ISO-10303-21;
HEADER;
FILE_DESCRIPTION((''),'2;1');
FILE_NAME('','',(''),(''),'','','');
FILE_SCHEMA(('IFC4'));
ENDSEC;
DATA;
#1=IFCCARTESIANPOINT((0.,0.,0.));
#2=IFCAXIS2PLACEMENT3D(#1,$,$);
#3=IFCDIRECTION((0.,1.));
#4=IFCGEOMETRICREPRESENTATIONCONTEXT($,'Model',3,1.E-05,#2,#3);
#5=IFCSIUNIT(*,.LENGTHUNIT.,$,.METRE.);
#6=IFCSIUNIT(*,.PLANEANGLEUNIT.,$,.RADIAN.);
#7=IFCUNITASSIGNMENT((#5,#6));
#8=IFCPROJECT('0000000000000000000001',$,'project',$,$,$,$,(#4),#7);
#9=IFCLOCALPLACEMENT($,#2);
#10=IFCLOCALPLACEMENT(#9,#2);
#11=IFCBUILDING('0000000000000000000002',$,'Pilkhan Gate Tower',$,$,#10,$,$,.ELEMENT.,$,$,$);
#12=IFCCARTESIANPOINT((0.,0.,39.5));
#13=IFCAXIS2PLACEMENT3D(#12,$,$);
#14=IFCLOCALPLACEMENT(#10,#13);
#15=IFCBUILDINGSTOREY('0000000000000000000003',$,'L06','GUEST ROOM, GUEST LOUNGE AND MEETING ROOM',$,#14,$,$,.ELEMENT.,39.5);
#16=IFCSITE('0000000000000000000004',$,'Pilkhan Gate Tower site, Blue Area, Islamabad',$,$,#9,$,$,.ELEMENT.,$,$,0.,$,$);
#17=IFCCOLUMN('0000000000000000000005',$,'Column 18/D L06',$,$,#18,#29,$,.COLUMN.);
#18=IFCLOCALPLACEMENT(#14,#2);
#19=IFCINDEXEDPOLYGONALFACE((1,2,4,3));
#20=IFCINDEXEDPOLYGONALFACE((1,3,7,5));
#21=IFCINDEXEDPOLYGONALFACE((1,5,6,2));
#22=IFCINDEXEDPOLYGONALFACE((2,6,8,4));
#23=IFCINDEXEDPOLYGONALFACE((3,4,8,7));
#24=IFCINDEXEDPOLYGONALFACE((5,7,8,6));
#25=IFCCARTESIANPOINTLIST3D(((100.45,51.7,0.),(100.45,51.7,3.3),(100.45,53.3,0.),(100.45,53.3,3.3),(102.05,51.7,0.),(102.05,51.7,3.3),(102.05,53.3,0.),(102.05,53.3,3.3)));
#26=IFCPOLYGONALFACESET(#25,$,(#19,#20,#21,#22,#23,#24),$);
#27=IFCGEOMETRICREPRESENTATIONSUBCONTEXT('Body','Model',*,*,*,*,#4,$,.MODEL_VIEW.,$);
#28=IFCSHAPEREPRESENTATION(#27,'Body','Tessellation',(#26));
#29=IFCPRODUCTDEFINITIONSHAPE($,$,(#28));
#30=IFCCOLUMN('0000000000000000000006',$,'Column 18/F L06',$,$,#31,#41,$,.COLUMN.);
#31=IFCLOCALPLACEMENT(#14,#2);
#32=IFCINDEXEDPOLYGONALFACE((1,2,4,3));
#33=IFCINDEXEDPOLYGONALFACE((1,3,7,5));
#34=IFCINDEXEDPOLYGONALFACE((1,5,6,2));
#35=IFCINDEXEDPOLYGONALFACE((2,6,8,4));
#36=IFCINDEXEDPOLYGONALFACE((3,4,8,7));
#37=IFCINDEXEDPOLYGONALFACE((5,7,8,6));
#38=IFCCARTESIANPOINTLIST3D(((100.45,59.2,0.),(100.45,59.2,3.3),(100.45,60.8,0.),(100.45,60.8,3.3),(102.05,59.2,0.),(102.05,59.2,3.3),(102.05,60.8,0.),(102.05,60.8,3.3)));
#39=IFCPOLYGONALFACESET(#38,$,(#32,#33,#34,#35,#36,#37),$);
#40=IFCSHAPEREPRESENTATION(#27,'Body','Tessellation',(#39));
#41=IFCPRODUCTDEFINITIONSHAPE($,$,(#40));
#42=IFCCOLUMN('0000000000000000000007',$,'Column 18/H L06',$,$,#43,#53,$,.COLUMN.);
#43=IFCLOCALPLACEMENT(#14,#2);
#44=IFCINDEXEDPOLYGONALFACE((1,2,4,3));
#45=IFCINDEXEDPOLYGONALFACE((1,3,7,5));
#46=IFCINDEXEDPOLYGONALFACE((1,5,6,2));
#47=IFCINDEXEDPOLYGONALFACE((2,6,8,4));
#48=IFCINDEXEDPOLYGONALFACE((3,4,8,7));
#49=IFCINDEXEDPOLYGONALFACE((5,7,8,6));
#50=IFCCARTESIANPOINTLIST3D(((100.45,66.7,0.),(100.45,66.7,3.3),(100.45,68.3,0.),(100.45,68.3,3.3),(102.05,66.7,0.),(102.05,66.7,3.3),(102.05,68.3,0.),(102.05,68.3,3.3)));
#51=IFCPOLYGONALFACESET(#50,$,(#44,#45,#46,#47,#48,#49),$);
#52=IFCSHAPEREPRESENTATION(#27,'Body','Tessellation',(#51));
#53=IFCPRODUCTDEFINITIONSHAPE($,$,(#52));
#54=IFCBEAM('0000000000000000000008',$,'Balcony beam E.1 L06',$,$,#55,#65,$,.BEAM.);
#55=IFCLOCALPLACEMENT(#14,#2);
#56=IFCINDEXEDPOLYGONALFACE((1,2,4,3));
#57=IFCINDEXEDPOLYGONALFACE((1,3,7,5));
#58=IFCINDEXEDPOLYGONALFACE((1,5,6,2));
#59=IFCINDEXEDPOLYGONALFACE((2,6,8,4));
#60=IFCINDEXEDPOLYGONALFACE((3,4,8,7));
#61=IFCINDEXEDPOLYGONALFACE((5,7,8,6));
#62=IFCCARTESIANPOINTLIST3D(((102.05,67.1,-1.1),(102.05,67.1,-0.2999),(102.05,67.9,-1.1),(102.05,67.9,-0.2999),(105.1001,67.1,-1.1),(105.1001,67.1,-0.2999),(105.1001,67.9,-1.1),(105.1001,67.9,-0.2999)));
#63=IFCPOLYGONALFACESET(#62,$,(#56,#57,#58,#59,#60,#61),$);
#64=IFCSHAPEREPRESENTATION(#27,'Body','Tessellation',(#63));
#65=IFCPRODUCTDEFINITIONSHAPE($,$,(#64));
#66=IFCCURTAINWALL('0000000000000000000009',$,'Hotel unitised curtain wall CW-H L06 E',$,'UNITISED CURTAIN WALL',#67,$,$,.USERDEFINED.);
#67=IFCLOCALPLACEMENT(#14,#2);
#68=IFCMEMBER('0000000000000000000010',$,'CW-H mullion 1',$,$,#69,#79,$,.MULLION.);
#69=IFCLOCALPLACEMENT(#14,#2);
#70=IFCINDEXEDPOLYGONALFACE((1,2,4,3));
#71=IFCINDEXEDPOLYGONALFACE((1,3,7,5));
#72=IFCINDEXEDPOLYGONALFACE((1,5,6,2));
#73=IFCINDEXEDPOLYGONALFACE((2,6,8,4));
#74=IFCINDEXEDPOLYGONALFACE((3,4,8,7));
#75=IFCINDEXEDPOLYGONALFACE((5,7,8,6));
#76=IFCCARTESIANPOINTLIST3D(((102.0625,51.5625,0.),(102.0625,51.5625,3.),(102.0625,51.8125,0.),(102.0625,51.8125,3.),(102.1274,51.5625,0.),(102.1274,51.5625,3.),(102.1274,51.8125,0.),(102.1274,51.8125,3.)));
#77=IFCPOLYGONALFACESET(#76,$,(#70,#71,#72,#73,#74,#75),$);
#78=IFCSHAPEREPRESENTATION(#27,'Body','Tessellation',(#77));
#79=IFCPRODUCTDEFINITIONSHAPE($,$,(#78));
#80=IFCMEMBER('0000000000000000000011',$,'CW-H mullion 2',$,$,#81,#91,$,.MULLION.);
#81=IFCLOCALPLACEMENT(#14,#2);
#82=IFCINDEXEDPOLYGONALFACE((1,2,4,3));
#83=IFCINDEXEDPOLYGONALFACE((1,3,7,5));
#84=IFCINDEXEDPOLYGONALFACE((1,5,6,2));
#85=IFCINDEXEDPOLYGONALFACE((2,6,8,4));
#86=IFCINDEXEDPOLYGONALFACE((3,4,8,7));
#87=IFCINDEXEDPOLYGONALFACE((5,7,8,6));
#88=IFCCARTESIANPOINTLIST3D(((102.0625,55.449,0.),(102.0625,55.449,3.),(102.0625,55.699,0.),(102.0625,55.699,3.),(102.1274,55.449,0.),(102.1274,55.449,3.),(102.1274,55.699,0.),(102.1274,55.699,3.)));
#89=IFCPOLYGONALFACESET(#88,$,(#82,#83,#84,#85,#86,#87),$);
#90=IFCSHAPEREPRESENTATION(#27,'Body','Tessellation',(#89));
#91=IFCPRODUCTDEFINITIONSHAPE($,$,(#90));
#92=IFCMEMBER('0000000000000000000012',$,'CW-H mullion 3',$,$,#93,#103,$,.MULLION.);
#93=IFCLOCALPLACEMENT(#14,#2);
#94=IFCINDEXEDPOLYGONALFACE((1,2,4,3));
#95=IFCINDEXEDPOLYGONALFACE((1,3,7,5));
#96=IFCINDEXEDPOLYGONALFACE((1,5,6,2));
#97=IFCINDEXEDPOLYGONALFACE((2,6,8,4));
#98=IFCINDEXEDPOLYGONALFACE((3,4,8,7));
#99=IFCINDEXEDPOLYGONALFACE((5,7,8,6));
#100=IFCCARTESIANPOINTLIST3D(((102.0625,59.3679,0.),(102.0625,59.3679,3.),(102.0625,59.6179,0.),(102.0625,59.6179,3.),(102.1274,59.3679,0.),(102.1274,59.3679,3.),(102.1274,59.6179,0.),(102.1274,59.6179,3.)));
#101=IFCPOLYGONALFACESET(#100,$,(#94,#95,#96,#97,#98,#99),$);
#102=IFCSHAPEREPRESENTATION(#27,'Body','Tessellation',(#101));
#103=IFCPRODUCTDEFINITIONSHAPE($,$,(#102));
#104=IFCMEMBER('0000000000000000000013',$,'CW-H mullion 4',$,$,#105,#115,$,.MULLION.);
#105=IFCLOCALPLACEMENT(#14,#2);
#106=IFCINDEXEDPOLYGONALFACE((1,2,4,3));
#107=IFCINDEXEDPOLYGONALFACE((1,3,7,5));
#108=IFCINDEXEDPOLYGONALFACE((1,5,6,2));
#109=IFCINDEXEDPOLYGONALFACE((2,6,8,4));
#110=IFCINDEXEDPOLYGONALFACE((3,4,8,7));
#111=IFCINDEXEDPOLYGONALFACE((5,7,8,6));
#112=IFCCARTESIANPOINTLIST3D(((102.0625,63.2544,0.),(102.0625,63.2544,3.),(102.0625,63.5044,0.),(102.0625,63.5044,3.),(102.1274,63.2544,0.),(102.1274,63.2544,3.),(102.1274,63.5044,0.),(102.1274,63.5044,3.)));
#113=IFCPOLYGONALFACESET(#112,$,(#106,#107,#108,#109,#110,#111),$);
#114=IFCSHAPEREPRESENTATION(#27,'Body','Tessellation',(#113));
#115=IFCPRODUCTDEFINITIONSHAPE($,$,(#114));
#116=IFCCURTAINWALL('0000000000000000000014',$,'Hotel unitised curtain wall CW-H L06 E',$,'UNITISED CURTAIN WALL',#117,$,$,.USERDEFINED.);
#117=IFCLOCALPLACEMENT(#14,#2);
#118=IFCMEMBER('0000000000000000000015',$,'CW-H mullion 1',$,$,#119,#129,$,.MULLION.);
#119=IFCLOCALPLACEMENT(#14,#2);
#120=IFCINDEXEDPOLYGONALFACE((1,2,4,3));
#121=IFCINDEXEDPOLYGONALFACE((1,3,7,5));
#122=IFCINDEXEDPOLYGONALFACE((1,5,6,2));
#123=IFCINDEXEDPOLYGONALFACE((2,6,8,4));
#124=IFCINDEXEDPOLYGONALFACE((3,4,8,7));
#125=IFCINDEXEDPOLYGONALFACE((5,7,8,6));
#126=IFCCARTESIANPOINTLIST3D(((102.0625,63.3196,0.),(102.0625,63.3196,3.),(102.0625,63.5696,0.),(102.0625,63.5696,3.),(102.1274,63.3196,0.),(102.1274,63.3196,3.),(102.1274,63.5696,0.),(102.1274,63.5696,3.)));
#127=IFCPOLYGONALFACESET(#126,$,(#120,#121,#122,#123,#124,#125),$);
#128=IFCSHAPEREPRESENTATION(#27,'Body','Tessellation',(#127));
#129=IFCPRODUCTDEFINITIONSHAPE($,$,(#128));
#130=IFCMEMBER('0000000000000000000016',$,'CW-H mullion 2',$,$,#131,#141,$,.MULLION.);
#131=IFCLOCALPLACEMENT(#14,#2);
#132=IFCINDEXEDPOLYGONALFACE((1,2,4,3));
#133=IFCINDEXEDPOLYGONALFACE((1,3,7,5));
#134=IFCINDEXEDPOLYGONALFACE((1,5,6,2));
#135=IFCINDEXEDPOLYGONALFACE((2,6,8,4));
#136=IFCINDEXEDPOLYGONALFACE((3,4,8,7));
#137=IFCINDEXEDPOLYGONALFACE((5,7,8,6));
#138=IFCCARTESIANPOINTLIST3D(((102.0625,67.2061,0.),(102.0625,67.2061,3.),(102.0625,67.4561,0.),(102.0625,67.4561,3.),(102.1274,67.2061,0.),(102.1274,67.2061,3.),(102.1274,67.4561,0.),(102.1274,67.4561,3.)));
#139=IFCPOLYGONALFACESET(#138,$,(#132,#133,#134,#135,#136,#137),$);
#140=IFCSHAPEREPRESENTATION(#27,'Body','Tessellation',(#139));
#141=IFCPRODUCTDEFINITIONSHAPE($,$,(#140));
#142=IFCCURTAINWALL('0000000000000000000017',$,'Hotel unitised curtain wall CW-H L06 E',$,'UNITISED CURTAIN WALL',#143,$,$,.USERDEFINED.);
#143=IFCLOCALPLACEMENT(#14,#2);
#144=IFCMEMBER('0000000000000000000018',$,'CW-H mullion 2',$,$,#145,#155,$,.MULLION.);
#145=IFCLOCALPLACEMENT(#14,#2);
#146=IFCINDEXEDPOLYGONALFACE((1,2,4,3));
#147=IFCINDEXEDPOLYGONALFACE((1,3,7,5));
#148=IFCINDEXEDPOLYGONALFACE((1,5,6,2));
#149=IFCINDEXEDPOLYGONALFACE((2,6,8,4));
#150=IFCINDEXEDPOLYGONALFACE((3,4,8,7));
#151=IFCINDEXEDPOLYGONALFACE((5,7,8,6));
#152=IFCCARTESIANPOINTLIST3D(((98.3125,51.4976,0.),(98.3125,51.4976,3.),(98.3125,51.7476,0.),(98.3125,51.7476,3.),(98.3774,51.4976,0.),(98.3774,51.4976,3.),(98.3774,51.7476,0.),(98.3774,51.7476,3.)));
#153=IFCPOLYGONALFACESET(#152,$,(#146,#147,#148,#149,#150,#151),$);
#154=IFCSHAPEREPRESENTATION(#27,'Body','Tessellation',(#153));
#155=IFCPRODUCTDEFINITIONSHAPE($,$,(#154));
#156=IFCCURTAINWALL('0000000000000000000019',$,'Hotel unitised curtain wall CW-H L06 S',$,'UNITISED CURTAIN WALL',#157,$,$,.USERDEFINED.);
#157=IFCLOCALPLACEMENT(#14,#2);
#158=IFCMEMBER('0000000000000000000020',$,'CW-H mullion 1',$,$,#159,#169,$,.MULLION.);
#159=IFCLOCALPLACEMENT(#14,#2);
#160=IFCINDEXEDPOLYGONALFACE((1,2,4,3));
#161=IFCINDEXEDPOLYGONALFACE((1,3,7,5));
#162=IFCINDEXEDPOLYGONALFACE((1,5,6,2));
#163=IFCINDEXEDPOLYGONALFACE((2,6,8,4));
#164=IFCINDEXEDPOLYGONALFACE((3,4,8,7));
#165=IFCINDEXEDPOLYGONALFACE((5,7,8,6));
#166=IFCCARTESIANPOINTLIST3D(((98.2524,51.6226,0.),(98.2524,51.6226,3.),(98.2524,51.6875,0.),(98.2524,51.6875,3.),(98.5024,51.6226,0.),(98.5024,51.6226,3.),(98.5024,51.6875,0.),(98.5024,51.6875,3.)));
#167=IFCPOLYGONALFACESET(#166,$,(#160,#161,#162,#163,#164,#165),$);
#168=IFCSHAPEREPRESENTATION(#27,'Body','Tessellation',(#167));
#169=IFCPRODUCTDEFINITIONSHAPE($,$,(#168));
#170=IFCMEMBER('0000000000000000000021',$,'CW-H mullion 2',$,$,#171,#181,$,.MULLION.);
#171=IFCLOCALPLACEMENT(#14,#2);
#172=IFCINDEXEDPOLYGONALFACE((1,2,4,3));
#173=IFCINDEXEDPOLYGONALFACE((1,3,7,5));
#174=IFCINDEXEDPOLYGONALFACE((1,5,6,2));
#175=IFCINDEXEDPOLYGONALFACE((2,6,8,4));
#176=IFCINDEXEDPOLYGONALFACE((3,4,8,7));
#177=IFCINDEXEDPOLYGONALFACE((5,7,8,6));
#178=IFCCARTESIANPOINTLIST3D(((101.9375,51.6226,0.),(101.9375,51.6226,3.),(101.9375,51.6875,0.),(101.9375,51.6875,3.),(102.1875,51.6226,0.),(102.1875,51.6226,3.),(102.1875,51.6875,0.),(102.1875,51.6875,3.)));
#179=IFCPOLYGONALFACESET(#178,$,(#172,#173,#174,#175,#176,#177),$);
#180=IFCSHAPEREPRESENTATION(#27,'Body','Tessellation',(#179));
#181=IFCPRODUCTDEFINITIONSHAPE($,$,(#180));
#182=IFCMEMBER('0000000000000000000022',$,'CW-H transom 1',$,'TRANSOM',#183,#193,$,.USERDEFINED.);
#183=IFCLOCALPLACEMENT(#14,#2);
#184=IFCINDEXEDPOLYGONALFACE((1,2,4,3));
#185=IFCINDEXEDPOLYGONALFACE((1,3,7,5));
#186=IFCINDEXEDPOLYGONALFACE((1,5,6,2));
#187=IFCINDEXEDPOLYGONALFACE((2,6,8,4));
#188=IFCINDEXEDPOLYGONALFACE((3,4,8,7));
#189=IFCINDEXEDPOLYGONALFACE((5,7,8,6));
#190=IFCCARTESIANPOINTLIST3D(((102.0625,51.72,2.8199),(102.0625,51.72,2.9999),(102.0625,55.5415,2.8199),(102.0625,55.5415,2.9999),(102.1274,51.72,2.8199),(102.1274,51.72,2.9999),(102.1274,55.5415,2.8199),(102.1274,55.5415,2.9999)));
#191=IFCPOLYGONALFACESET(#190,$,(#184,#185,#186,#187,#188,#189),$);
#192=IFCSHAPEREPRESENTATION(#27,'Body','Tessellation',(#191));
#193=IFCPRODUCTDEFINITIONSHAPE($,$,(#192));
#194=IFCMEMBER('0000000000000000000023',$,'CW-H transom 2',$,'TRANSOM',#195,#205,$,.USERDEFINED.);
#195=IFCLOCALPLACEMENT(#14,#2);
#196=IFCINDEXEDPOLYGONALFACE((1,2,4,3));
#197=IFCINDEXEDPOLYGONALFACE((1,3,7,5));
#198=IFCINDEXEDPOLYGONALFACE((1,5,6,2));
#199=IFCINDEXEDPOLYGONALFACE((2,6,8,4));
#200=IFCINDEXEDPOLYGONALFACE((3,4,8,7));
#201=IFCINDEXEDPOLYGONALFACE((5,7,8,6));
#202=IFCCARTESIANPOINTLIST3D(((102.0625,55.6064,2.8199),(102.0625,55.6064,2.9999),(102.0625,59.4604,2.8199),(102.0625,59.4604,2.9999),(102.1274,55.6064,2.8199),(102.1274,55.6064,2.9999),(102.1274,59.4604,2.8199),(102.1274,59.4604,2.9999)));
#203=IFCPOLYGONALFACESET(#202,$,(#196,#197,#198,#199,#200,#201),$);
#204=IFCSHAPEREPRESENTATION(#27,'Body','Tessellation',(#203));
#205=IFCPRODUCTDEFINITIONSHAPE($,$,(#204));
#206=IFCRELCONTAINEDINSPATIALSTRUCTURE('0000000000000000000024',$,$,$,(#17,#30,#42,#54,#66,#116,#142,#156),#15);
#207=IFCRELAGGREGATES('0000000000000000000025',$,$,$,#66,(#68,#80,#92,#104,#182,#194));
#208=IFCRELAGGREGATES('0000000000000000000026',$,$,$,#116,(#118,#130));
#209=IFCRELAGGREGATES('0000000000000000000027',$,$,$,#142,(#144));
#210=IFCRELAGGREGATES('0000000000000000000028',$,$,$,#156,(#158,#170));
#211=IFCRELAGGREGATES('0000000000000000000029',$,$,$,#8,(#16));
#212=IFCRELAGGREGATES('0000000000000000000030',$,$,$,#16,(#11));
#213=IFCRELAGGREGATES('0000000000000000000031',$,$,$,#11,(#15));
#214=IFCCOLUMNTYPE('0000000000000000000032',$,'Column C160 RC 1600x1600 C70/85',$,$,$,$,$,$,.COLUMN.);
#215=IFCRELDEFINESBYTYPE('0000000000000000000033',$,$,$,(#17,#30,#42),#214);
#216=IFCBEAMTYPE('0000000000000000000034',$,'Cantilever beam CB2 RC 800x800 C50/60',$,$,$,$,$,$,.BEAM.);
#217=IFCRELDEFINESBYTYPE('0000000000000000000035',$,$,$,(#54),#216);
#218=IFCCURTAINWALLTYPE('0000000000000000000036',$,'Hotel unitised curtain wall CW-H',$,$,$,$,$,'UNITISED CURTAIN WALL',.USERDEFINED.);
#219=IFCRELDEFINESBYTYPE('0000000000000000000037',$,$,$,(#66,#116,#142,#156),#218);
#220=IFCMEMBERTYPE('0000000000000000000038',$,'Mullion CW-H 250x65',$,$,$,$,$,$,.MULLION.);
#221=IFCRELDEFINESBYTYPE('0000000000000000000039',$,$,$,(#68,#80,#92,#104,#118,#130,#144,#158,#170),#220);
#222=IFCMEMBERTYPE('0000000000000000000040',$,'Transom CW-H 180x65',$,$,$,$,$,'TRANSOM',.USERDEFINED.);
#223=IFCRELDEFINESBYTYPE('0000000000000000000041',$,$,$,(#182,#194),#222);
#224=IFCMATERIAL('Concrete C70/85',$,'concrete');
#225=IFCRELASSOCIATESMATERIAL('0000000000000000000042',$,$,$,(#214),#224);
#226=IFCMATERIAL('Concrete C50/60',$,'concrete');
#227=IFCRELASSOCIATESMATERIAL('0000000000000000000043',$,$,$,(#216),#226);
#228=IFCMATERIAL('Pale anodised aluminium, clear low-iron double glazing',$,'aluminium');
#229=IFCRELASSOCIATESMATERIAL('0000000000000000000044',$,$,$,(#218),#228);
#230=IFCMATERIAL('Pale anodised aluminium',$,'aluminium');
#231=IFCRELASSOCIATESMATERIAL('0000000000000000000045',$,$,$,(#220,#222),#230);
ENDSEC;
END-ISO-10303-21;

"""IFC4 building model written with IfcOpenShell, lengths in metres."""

from ifc_helpers import new_model, si_unit, direction, frame, origin, origin_2d, place, context, subcontext, project, spatial, rectangle, extrude, material, material_profile, profile_set, type_object, element, aggregate, save


model = new_model("IFC4")

# Units and contexts
model_context = context("Model", 3, precision=1e-05, world=origin(), true_north=direction((0.0, 1.0)))
body_context = subcontext(model_context, "Body", "Model", "MODEL_VIEW")
ifc_project = project(units=[si_unit("LENGTHUNIT", "METRE"), si_unit("PLANEANGLEUNIT", "RADIAN")], contexts=[model_context])

# Site, building, storey
site_placement = place(None, origin())
site = spatial("IfcSite", under=ifc_project, at=site_placement, Name="Pilkhan Gate Tower site, Blue Area, Islamabad", CompositionType="ELEMENT", RefElevation=0.0)
building_placement = place(site_placement, origin())
building = spatial("IfcBuilding", under=site, at=building_placement, Name="Pilkhan Gate Tower", CompositionType="ELEMENT")
storey_placement = place(building_placement, frame((0.0, 0.0, 39.5)))
storey = spatial("IfcBuildingStorey", under=building, at=storey_placement, Name="L06", Description="GUEST ROOM, GUEST LOUNGE AND MEETING ROOM", CompositionType="ELEMENT", Elevation=39.5)

# Columns
ifc_material_1 = material(Name="Concrete C70/85", Category="concrete")
ifc_material_profile_1 = material_profile(ifc_material_1, rectangle(XDim=1.6001, YDim=1.6001, at=origin_2d()), Name="RC 1600x1600")
ifc_profile_set_1 = profile_set([ifc_material_profile_1], Name="Concrete C70/85")
column_type = type_object("IfcColumnType", Name="Column C160 RC 1600x1600 C70/85", PredefinedType="COLUMN", material=ifc_profile_set_1)
for number, where, z_axis, x_axis, name in (
    (1, (101.25, 52.5, 0.0), (0.0, 0.0, 1.0), (1.0, 0.0, 0.0), "Column 18/D L06"),
    (2, (101.25, 60.0, 0.0), (0.0, 0.0, 1.0), (1.0, 0.0, 0.0), "Column 18/F L06"),
    (3, (101.25, 67.5, 0.0), (0.0, 0.0, 1.0), (1.0, 0.0, 0.0), "Column 18/H L06"),
):
    element("IfcColumn", number, at=place(storey_placement, frame(where, z_axis=z_axis, x_axis=x_axis)), inside=storey, type_object=column_type, Name=name, PredefinedType="COLUMN", context=body_context, shape_type="SweptSolid", body=[
        extrude(rectangle(XDim=1.6001, YDim=1.6001, at=origin_2d()), origin(), (0.0, 0.0, 1.0), 3.3),
    ])

# Beam
ifc_material_2 = material(Name="Concrete C50/60", Category="concrete")
ifc_material_profile_2 = material_profile(ifc_material_2, rectangle(XDim=0.8, YDim=0.8, at=origin_2d()), Name="RC 800x800")
ifc_profile_set_2 = profile_set([ifc_material_profile_2], Name="Concrete C50/60")
beam_type = type_object("IfcBeamType", Name="Cantilever beam CB2 RC 800x800 C50/60", PredefinedType="BEAM", material=ifc_profile_set_2)
beam_placement = place(storey_placement, frame((102.05, 67.5, -0.7), z_axis=(1.0, 0.0, 0.0), x_axis=(0.0, 1.0, 0.0)))
element("IfcBeam", 4, at=beam_placement, inside=storey, type_object=beam_type, Name="Balcony beam E.1 L06", PredefinedType="BEAM", context=body_context, shape_type="SweptSolid", body=[
    extrude(rectangle(XDim=0.8, YDim=0.8, at=origin_2d()), origin(), (0.0, 0.0, 1.0), 3.05),
])

# Curtain walls, members
ifc_material_3 = material(Name="Pale anodised aluminium, clear low-iron double glazing", Category="aluminium")
curtain_wall_type = type_object("IfcCurtainWallType", Name="Hotel unitised curtain wall CW-H", ElementType="UNITISED CURTAIN WALL", PredefinedType="USERDEFINED", material=ifc_material_3)
curtain_wall_1_placement = place(storey_placement, origin())
curtain_wall_1 = element("IfcCurtainWall", 5, at=curtain_wall_1_placement, inside=storey, type_object=curtain_wall_type, Name="Hotel unitised curtain wall CW-H L06 E", ObjectType="UNITISED CURTAIN WALL", PredefinedType="USERDEFINED")
ifc_material_4 = material(Name="Pale anodised aluminium", Category="aluminium")
ifc_material_profile_3 = material_profile(ifc_material_4, rectangle(XDim=0.0649, YDim=0.25, at=origin_2d()), Name="Mullion 250x65")
ifc_profile_set_3 = profile_set([ifc_material_profile_3], Name="Pale anodised aluminium")
member_type_1 = type_object("IfcMemberType", Name="Mullion CW-H 250x65", PredefinedType="MULLION", material=ifc_profile_set_3)
member_1_placement = place(storey_placement, frame((102.095, 51.6875, 0.0), z_axis=(0.0, 0.0, 1.0), x_axis=(-1.0, 0.0, 0.0)))
member_1 = element("IfcMember", 6, at=member_1_placement, type_object=member_type_1, Name="CW-H mullion 1", PredefinedType="MULLION", context=body_context, shape_type="SweptSolid", body=[
    extrude(rectangle(XDim=0.0649, YDim=0.25, at=origin_2d()), origin(), (0.0, 0.0, 1.0), 3.0),
])
member_2_placement = place(storey_placement, frame((102.095, 55.574, 0.0), z_axis=(0.0, 0.0, 1.0), x_axis=(-1.0, 0.0, 0.0)))
member_2 = element("IfcMember", 7, at=member_2_placement, type_object=member_type_1, Name="CW-H mullion 2", PredefinedType="MULLION", context=body_context, shape_type="SweptSolid", body=[
    extrude(rectangle(XDim=0.0649, YDim=0.25, at=origin_2d()), origin(), (0.0, 0.0, 1.0), 3.0),
])
member_3_placement = place(storey_placement, frame((102.095, 59.4929, 0.0), z_axis=(0.0, 0.0, 1.0), x_axis=(-1.0, 0.0, 0.0)))
member_3 = element("IfcMember", 8, at=member_3_placement, type_object=member_type_1, Name="CW-H mullion 3", PredefinedType="MULLION", context=body_context, shape_type="SweptSolid", body=[
    extrude(rectangle(XDim=0.0649, YDim=0.25, at=origin_2d()), origin(), (0.0, 0.0, 1.0), 3.0),
])
member_4_placement = place(storey_placement, frame((102.095, 63.3794, 0.0), z_axis=(0.0, 0.0, 1.0), x_axis=(-1.0, 0.0, 0.0)))
member_4 = element("IfcMember", 9, at=member_4_placement, type_object=member_type_1, Name="CW-H mullion 4", PredefinedType="MULLION", context=body_context, shape_type="SweptSolid", body=[
    extrude(rectangle(XDim=0.0649, YDim=0.25, at=origin_2d()), origin(), (0.0, 0.0, 1.0), 3.0),
])
curtain_wall_2_placement = place(storey_placement, origin())
curtain_wall_2 = element("IfcCurtainWall", 10, at=curtain_wall_2_placement, inside=storey, type_object=curtain_wall_type, Name="Hotel unitised curtain wall CW-H L06 E", ObjectType="UNITISED CURTAIN WALL", PredefinedType="USERDEFINED")
member_5_placement = place(storey_placement, frame((102.095, 63.4446, 0.0), z_axis=(0.0, 0.0, 1.0), x_axis=(-1.0, 0.0, 0.0)))
member_5 = element("IfcMember", 11, at=member_5_placement, type_object=member_type_1, Name="CW-H mullion 1", PredefinedType="MULLION", context=body_context, shape_type="SweptSolid", body=[
    extrude(rectangle(XDim=0.0649, YDim=0.25, at=origin_2d()), origin(), (0.0, 0.0, 1.0), 3.0),
])
member_6_placement = place(storey_placement, frame((102.095, 67.3311, 0.0), z_axis=(0.0, 0.0, 1.0), x_axis=(-1.0, 0.0, 0.0)))
member_6 = element("IfcMember", 12, at=member_6_placement, type_object=member_type_1, Name="CW-H mullion 2", PredefinedType="MULLION", context=body_context, shape_type="SweptSolid", body=[
    extrude(rectangle(XDim=0.0649, YDim=0.25, at=origin_2d()), origin(), (0.0, 0.0, 1.0), 3.0),
])

# Curtain wall, member
curtain_wall_3_placement = place(storey_placement, origin())
curtain_wall_3 = element("IfcCurtainWall", 13, at=curtain_wall_3_placement, inside=storey, type_object=curtain_wall_type, Name="Hotel unitised curtain wall CW-H L06 E", ObjectType="UNITISED CURTAIN WALL", PredefinedType="USERDEFINED")
member_7_placement = place(storey_placement, frame((98.345, 51.6226, 0.0), z_axis=(0.0, 0.0, 1.0), x_axis=(-1.0, 0.0, 0.0)))
member_7 = element("IfcMember", 14, at=member_7_placement, type_object=member_type_1, Name="CW-H mullion 2", PredefinedType="MULLION", context=body_context, shape_type="SweptSolid", body=[
    extrude(rectangle(XDim=0.0649, YDim=0.25, at=origin_2d()), origin(), (0.0, 0.0, 1.0), 3.0),
])

# Curtain wall, members
curtain_wall_4_placement = place(storey_placement, origin())
curtain_wall_4 = element("IfcCurtainWall", 15, at=curtain_wall_4_placement, inside=storey, type_object=curtain_wall_type, Name="Hotel unitised curtain wall CW-H L06 S", ObjectType="UNITISED CURTAIN WALL", PredefinedType="USERDEFINED")
member_8_placement = place(storey_placement, frame((98.3774, 51.655, 0.0), z_axis=(0.0, 0.0, 1.0), x_axis=(0.0, 1.0, 0.0)))
member_8 = element("IfcMember", 16, at=member_8_placement, type_object=member_type_1, Name="CW-H mullion 1", PredefinedType="MULLION", context=body_context, shape_type="SweptSolid", body=[
    extrude(rectangle(XDim=0.0649, YDim=0.25, at=origin_2d()), origin(), (0.0, 0.0, 1.0), 3.0),
])
member_9_placement = place(storey_placement, frame((102.0625, 51.655, 0.0), z_axis=(0.0, 0.0, 1.0), x_axis=(0.0, 1.0, 0.0)))
member_9 = element("IfcMember", 17, at=member_9_placement, type_object=member_type_1, Name="CW-H mullion 2", PredefinedType="MULLION", context=body_context, shape_type="SweptSolid", body=[
    extrude(rectangle(XDim=0.0649, YDim=0.25, at=origin_2d()), origin(), (0.0, 0.0, 1.0), 3.0),
])

# Members
ifc_material_profile_4 = material_profile(ifc_material_4, rectangle(XDim=0.0649, YDim=0.1799, at=origin_2d()), Name="Transom 180x65")
ifc_profile_set_4 = profile_set([ifc_material_profile_4], Name="Pale anodised aluminium")
member_type_2 = type_object("IfcMemberType", Name="Transom CW-H 180x65", ElementType="TRANSOM", PredefinedType="USERDEFINED", material=ifc_profile_set_4)
member_10_placement = place(storey_placement, frame((102.095, 51.72, 2.9099), z_axis=(0.0, 1.0, 0.0), x_axis=(-1.0, 0.0, 0.0)))
member_10 = element("IfcMember", 18, at=member_10_placement, type_object=member_type_2, Name="CW-H transom 1", ObjectType="TRANSOM", PredefinedType="USERDEFINED", context=body_context, shape_type="SweptSolid", body=[
    extrude(rectangle(XDim=0.0649, YDim=0.1799, at=origin_2d()), origin(), (0.0, 0.0, 1.0), 3.8215),
])
member_11_placement = place(storey_placement, frame((102.095, 55.6064, 2.9099), z_axis=(0.0, 1.0, 0.0), x_axis=(-1.0, 0.0, 0.0)))
member_11 = element("IfcMember", 19, at=member_11_placement, type_object=member_type_2, Name="CW-H transom 2", ObjectType="TRANSOM", PredefinedType="USERDEFINED", context=body_context, shape_type="SweptSolid", body=[
    extrude(rectangle(XDim=0.0649, YDim=0.1799, at=origin_2d()), origin(), (0.0, 0.0, 1.0), 3.854),
])

aggregate(curtain_wall_1, [member_1, member_2, member_3, member_4, member_10, member_11])
aggregate(curtain_wall_2, [member_5, member_6])
aggregate(curtain_wall_3, [member_7])
aggregate(curtain_wall_4, [member_8, member_9])

save(model, "model.ifc")
